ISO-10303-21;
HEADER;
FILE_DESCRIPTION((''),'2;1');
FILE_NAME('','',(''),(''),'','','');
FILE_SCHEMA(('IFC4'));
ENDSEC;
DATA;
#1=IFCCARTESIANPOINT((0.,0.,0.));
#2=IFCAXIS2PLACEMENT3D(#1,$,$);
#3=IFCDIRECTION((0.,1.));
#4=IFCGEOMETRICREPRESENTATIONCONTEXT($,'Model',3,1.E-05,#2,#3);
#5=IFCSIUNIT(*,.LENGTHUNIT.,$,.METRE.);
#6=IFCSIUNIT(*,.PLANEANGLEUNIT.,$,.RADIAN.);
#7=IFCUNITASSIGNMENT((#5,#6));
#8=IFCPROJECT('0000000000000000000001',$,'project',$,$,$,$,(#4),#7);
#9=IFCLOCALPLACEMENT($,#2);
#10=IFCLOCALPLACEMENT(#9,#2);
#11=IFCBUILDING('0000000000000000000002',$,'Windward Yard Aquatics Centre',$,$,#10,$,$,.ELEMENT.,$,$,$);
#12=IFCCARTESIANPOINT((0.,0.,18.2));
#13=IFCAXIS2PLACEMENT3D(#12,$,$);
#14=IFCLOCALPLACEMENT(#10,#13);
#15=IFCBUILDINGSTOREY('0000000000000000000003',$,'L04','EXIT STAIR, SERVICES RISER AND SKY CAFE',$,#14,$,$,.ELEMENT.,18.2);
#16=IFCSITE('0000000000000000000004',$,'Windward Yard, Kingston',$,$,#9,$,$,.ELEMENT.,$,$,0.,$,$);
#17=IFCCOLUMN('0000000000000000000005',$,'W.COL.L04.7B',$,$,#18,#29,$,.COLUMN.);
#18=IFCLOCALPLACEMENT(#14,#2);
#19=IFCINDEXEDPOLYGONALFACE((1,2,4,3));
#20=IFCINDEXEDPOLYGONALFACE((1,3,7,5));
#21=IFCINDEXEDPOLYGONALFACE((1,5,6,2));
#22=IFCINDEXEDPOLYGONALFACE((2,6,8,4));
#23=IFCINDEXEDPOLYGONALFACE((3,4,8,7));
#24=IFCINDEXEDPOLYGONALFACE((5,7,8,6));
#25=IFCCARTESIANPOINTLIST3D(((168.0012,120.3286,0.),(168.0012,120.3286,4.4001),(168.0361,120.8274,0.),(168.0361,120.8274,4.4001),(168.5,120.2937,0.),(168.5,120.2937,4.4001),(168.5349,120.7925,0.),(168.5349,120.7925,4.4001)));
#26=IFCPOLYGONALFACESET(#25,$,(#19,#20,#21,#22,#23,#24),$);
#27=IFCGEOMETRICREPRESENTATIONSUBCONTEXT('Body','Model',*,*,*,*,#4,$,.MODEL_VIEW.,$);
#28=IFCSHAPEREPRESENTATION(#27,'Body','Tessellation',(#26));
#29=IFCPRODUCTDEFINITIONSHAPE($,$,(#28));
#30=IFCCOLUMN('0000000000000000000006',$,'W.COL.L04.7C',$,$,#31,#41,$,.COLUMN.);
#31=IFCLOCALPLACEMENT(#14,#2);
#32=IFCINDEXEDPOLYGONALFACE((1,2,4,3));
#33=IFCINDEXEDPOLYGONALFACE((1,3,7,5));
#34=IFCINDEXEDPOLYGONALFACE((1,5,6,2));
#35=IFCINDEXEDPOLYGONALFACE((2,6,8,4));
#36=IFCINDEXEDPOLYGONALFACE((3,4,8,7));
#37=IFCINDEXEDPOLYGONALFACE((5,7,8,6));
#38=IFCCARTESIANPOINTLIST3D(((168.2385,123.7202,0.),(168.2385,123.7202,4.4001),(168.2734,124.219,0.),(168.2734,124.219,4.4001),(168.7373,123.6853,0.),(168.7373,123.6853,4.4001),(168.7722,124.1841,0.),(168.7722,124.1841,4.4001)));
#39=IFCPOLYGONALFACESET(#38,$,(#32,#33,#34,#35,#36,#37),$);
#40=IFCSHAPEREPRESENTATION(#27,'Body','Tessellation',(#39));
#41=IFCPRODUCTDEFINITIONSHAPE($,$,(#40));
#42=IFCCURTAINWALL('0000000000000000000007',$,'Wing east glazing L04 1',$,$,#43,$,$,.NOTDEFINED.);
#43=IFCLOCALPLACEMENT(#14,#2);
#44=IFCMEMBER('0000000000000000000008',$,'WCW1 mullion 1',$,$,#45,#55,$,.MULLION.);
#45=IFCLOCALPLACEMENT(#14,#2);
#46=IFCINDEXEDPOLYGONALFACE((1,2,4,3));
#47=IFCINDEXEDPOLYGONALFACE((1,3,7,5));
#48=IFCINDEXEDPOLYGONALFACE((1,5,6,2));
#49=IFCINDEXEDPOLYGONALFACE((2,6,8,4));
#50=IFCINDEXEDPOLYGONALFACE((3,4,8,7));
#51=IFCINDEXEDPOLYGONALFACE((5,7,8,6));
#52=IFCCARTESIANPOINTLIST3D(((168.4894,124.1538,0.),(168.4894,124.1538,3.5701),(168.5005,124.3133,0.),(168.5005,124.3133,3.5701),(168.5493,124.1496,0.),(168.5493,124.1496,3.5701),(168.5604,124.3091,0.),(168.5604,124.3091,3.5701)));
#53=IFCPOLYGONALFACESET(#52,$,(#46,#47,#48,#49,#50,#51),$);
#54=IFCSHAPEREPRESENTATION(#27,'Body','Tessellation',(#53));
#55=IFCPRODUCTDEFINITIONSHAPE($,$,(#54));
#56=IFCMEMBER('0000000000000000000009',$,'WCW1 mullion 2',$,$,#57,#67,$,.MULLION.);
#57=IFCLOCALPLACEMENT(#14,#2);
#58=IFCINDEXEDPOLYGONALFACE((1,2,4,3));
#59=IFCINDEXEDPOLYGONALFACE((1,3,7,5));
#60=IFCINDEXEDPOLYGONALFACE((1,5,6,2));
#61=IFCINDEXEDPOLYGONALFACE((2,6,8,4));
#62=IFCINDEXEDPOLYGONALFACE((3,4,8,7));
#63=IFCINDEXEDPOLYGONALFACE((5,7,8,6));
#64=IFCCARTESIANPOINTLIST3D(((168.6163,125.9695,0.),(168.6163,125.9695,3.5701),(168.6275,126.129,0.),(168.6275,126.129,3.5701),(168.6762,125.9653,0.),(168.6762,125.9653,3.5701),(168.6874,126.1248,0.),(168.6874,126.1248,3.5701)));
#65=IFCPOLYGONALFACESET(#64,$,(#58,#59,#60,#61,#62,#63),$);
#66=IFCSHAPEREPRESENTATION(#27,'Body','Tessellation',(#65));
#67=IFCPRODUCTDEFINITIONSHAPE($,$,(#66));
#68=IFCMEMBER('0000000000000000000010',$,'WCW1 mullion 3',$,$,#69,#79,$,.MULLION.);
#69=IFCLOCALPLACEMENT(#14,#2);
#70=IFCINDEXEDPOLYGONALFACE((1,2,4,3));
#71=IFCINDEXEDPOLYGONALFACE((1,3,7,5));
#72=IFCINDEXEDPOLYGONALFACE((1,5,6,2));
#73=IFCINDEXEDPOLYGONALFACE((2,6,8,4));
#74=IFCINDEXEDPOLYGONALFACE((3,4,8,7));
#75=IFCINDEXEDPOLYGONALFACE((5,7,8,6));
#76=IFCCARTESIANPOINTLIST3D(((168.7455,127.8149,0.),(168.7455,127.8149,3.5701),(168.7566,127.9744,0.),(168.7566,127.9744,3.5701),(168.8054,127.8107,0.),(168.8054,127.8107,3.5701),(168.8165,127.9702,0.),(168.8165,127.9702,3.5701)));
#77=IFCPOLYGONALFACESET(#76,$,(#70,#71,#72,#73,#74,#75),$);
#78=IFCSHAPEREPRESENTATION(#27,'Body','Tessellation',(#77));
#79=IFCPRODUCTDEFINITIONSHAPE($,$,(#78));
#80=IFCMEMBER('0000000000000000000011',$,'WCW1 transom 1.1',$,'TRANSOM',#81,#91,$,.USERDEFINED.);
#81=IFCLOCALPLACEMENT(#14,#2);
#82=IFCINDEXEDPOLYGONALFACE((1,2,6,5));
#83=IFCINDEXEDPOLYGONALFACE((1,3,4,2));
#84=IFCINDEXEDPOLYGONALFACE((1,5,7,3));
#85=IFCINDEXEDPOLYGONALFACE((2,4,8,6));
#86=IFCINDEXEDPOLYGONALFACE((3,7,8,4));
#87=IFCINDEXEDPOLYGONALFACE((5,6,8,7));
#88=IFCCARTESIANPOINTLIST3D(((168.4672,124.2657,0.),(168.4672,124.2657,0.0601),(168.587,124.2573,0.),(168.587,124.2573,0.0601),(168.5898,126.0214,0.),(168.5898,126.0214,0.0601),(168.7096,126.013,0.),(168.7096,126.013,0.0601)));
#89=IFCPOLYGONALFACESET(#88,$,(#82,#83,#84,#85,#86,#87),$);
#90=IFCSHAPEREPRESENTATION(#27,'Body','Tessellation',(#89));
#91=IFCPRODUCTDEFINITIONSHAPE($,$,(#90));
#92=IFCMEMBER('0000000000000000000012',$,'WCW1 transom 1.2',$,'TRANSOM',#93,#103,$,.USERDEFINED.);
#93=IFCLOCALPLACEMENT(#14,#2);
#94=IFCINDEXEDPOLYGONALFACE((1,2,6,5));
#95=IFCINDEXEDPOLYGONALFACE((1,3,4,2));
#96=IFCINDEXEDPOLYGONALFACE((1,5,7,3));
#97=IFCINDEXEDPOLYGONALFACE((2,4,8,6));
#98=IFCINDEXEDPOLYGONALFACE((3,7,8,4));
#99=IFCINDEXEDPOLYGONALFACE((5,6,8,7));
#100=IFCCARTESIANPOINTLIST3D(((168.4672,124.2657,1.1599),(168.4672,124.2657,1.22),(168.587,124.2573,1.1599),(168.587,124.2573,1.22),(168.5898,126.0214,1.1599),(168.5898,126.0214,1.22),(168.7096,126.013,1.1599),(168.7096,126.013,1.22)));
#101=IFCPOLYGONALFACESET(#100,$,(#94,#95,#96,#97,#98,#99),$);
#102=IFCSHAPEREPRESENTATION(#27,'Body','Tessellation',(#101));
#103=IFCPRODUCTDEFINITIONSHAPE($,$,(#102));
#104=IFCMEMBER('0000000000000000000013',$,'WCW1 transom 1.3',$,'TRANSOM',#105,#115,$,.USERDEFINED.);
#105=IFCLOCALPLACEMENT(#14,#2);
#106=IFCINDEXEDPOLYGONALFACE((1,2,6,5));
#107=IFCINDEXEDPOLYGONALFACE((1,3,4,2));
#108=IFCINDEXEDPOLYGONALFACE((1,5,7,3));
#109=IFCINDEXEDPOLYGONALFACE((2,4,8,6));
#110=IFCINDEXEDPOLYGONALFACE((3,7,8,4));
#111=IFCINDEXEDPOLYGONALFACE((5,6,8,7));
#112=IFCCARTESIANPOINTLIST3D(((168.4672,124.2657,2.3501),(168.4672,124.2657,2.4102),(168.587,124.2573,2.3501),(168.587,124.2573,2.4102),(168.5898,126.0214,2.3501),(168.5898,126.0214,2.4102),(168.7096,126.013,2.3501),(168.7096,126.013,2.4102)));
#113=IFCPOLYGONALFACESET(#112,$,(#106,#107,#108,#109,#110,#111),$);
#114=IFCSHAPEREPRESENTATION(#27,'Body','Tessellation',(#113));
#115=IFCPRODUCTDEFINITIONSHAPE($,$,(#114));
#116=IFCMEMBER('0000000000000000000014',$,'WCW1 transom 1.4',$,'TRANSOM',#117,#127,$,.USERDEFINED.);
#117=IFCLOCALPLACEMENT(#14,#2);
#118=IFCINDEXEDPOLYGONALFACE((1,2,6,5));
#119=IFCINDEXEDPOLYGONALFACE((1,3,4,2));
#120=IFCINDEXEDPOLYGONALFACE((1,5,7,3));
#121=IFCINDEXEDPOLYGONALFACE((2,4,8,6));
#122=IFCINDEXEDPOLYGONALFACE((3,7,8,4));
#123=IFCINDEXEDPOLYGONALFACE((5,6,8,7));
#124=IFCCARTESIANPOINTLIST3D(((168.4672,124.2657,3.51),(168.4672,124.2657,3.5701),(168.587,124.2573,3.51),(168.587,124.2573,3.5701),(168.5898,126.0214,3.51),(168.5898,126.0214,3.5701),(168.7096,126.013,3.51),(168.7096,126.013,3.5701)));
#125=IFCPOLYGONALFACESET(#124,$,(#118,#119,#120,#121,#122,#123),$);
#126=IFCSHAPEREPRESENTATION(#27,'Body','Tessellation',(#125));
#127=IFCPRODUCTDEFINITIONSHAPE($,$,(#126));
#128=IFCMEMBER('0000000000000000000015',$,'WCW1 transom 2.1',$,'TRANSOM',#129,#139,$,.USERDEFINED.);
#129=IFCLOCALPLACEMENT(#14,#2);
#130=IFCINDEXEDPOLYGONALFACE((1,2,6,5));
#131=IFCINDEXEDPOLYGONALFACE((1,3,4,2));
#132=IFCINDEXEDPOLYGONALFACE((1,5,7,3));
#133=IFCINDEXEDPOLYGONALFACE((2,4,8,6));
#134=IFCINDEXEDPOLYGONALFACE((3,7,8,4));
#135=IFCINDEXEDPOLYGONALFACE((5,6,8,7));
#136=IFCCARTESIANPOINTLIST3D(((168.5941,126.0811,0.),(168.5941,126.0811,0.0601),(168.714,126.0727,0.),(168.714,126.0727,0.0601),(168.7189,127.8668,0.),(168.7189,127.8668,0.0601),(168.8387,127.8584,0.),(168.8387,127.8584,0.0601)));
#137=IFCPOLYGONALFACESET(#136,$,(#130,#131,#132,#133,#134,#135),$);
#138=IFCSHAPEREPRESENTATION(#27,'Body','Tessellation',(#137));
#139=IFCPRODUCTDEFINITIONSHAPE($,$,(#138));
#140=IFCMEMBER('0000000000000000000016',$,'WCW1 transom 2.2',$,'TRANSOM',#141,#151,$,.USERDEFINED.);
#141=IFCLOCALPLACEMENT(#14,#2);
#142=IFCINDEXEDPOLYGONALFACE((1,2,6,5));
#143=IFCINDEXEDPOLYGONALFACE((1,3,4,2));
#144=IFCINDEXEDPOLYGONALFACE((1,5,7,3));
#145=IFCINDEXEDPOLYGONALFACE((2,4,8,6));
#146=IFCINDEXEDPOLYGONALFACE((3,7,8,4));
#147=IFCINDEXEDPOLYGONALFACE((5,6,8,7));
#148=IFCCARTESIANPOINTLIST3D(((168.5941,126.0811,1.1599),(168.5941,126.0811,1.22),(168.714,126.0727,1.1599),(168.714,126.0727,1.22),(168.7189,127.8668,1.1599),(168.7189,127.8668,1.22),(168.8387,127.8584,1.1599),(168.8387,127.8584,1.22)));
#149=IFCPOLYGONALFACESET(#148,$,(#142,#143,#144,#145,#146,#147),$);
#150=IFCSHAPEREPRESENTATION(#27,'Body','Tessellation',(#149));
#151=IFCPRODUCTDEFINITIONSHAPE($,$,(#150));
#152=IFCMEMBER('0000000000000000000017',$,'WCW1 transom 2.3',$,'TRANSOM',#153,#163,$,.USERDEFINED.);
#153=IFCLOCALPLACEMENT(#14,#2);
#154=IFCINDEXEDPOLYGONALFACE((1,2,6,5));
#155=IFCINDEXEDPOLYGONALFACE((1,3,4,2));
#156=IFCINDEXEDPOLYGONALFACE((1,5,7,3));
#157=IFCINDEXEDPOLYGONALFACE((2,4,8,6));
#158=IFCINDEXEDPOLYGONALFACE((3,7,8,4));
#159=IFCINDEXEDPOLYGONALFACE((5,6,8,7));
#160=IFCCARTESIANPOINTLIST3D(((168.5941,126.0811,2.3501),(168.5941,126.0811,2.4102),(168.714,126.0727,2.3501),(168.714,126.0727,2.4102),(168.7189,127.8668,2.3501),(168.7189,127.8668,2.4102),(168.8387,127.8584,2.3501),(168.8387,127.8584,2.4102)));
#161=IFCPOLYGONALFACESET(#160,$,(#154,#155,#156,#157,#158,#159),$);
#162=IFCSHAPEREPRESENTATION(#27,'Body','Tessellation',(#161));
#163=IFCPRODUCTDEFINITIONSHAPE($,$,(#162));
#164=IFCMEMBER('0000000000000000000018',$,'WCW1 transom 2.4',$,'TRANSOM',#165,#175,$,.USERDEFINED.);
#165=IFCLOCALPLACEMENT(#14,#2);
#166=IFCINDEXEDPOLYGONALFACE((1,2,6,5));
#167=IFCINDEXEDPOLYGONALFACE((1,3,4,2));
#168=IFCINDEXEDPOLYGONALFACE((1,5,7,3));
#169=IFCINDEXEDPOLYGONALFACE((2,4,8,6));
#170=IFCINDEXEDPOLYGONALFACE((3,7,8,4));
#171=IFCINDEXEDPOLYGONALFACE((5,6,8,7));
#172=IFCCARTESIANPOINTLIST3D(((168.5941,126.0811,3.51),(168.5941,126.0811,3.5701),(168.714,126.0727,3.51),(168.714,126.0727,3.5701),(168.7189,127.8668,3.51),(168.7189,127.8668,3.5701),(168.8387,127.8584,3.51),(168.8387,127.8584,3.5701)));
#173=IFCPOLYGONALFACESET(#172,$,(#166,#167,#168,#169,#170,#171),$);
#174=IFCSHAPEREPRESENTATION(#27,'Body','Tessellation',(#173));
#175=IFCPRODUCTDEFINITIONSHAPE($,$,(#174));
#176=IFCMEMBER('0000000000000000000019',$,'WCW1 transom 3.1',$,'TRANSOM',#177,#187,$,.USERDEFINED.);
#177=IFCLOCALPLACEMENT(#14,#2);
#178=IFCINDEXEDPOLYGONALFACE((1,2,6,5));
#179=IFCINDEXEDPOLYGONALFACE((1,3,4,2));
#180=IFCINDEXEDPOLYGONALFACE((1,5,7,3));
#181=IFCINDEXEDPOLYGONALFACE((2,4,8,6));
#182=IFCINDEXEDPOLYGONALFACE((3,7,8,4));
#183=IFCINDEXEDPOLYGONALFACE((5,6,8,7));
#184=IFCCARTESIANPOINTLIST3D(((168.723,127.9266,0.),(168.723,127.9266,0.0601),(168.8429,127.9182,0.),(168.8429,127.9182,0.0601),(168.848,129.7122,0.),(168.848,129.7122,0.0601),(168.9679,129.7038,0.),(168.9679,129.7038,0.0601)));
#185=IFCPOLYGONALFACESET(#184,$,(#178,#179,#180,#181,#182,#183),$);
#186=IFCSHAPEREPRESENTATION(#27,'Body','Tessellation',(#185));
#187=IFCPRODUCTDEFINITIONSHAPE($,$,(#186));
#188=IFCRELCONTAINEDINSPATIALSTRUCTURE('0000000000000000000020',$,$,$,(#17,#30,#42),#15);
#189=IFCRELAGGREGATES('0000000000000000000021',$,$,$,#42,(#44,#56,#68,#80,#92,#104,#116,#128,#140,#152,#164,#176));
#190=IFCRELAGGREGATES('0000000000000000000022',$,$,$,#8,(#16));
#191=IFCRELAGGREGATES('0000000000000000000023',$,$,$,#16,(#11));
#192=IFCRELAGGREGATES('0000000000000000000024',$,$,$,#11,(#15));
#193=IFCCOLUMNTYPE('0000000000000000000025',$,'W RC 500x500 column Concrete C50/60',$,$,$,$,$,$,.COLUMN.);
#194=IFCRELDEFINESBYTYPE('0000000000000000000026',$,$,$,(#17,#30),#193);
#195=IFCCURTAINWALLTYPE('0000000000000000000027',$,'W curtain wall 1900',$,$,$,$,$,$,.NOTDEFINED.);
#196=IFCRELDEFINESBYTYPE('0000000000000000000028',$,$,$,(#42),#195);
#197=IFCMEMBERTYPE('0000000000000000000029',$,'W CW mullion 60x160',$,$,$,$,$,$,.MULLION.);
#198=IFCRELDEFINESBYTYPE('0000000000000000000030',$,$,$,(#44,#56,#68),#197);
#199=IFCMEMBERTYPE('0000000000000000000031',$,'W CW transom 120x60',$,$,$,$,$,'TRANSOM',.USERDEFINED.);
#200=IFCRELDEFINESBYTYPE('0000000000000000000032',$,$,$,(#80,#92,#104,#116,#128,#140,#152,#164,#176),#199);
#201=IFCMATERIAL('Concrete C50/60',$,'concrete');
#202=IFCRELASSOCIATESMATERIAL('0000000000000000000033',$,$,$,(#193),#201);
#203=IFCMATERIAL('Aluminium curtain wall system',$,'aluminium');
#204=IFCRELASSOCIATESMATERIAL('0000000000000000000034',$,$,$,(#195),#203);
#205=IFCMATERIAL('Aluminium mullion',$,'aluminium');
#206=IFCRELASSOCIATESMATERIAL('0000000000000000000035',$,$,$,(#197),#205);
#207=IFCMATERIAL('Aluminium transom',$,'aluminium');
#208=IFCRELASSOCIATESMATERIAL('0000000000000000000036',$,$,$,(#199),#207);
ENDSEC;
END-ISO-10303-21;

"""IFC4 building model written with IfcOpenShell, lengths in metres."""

from ifc_helpers import new_model, si_unit, direction, frame, origin, origin_2d, place, context, subcontext, project, spatial, rectangle, extrude, material, material_profile, profile_set, type_object, element, aggregate, save


model = new_model("IFC4")

# Units and contexts
model_context = context("Model", 3, precision=1e-05, world=origin(), true_north=direction((0.0, 1.0)))
body_context = subcontext(model_context, "Body", "Model", "MODEL_VIEW")
ifc_project = project(units=[si_unit("LENGTHUNIT", "METRE"), si_unit("PLANEANGLEUNIT", "RADIAN")], contexts=[model_context])

# Site, building, storey
site_placement = place(None, origin())
site = spatial("IfcSite", under=ifc_project, at=site_placement, Name="Windward Yard, Kingston", CompositionType="ELEMENT", RefElevation=0.0)
building_placement = place(site_placement, origin())
building = spatial("IfcBuilding", under=site, at=building_placement, Name="Windward Yard Aquatics Centre", CompositionType="ELEMENT")
storey_placement = place(building_placement, frame((0.0, 0.0, 18.2)))
storey = spatial("IfcBuildingStorey", under=building, at=storey_placement, Name="L04", Description="EXIT STAIR, SERVICES RISER AND SKY CAFE", CompositionType="ELEMENT", Elevation=18.2)

# Columns
ifc_material_1 = material(Name="Concrete C50/60", Category="concrete")
ifc_material_profile_1 = material_profile(ifc_material_1, rectangle(XDim=0.5, YDim=0.5, at=origin_2d()), Name="RC 500x500")
ifc_profile_set_1 = profile_set([ifc_material_profile_1], Name="Concrete C50/60")
column_type = type_object("IfcColumnType", Name="W RC 500x500 column Concrete C50/60", PredefinedType="COLUMN", material=ifc_profile_set_1)
for number, where, z_axis, x_axis, name in (
    (1, (168.2681, 120.5605, 0.0), (0.0, 0.0, 1.0), (0.997564, -0.069756, 0.0), "W.COL.L04.7B"),
    (2, (168.5054, 123.9521, 0.0), (0.0, 0.0, 1.0), (0.997564, -0.069756, 0.0), "W.COL.L04.7C"),
):
    element("IfcColumn", number, at=place(storey_placement, frame(where, z_axis=z_axis, x_axis=x_axis)), inside=storey, type_object=column_type, Name=name, PredefinedType="COLUMN", context=body_context, shape_type="SweptSolid", body=[
        extrude(rectangle(XDim=0.5, YDim=0.5, at=origin_2d()), origin(), (0.0, 0.0, 1.0), 4.4001),
    ])

# Curtain wall, members
ifc_material_2 = material(Name="Aluminium curtain wall system", Category="aluminium")
curtain_wall_type = type_object("IfcCurtainWallType", Name="W curtain wall 1900", PredefinedType="NOTDEFINED", material=ifc_material_2)
curtain_wall_placement = place(storey_placement, origin())
curtain_wall = element("IfcCurtainWall", 3, at=curtain_wall_placement, inside=storey, type_object=curtain_wall_type, Name="Wing east glazing L04 1", PredefinedType="NOTDEFINED")
ifc_material_3 = material(Name="Aluminium mullion", Category="aluminium")
ifc_material_profile_2 = material_profile(ifc_material_3, rectangle(XDim=0.0601, YDim=0.1599, at=origin_2d()), Name="AL 60x160")
ifc_profile_set_2 = profile_set([ifc_material_profile_2], Name="Aluminium mullion")
member_type_1 = type_object("IfcMemberType", Name="W CW mullion 60x160", PredefinedType="MULLION", material=ifc_profile_set_2)
member_1_placement = place(storey_placement, frame((168.5249, 124.2314, 0.0), z_axis=(0.0, 0.0, 1.0), x_axis=(-0.997564, 0.069757, 0.0)))
member_1 = element("IfcMember", 4, at=member_1_placement, type_object=member_type_1, Name="WCW1 mullion 1", PredefinedType="MULLION", context=body_context, shape_type="SweptSolid", body=[
    extrude(rectangle(XDim=0.0601, YDim=0.1599, at=origin_2d()), origin(), (0.0, 0.0, 1.0), 3.5701),
])
member_2_placement = place(storey_placement, frame((168.6519, 126.0471, 0.0), z_axis=(0.0, 0.0, 1.0), x_axis=(-0.997564, 0.069757, 0.0)))
member_2 = element("IfcMember", 5, at=member_2_placement, type_object=member_type_1, Name="WCW1 mullion 2", PredefinedType="MULLION", context=body_context, shape_type="SweptSolid", body=[
    extrude(rectangle(XDim=0.0601, YDim=0.1599, at=origin_2d()), origin(), (0.0, 0.0, 1.0), 3.5701),
])
member_3_placement = place(storey_placement, frame((168.781, 127.8926, 0.0), z_axis=(0.0, 0.0, 1.0), x_axis=(-0.997564, 0.069757, 0.0)))
member_3 = element("IfcMember", 6, at=member_3_placement, type_object=member_type_1, Name="WCW1 mullion 3", PredefinedType="MULLION", context=body_context, shape_type="SweptSolid", body=[
    extrude(rectangle(XDim=0.0601, YDim=0.1599, at=origin_2d()), origin(), (0.0, 0.0, 1.0), 3.5701),
])
ifc_material_4 = material(Name="Aluminium transom", Category="aluminium")
ifc_material_profile_3 = material_profile(ifc_material_4, rectangle(XDim=0.1201, YDim=0.0601, at=origin_2d()), Name="AL 120x60")
ifc_profile_set_3 = profile_set([ifc_material_profile_3], Name="Aluminium transom")
member_type_2 = type_object("IfcMemberType", Name="W CW transom 120x60", ElementType="TRANSOM", PredefinedType="USERDEFINED", material=ifc_profile_set_3)
member_4_placement = place(storey_placement, frame((168.5271, 124.2615, 0.03), z_axis=(0.06964, 0.997572, 0.0), x_axis=(-0.997572, 0.06964, 0.0)))
member_4 = element("IfcMember", 7, at=member_4_placement, type_object=member_type_2, Name="WCW1 transom 1.1", ObjectType="TRANSOM", PredefinedType="USERDEFINED", context=body_context, shape_type="SweptSolid", body=[
    extrude(rectangle(XDim=0.1201, YDim=0.0601, at=origin_2d()), origin(), (0.0, 0.0, 1.0), 1.76),
])
member_5_placement = place(storey_placement, frame((168.5271, 124.2615, 1.1899), z_axis=(0.06964, 0.997572, 0.0), x_axis=(-0.997572, 0.06964, 0.0)))
member_5 = element("IfcMember", 8, at=member_5_placement, type_object=member_type_2, Name="WCW1 transom 1.2", ObjectType="TRANSOM", PredefinedType="USERDEFINED", context=body_context, shape_type="SweptSolid", body=[
    extrude(rectangle(XDim=0.1201, YDim=0.0601, at=origin_2d()), origin(), (0.0, 0.0, 1.0), 1.76),
])
member_6_placement = place(storey_placement, frame((168.5271, 124.2615, 2.3801), z_axis=(0.06964, 0.997572, 0.0), x_axis=(-0.997572, 0.06964, 0.0)))
member_6 = element("IfcMember", 9, at=member_6_placement, type_object=member_type_2, Name="WCW1 transom 1.3", ObjectType="TRANSOM", PredefinedType="USERDEFINED", context=body_context, shape_type="SweptSolid", body=[
    extrude(rectangle(XDim=0.1201, YDim=0.0601, at=origin_2d()), origin(), (0.0, 0.0, 1.0), 1.76),
])
member_7_placement = place(storey_placement, frame((168.5271, 124.2615, 3.54), z_axis=(0.06964, 0.997572, 0.0), x_axis=(-0.997572, 0.06964, 0.0)))
member_7 = element("IfcMember", 10, at=member_7_placement, type_object=member_type_2, Name="WCW1 transom 1.4", ObjectType="TRANSOM", PredefinedType="USERDEFINED", context=body_context, shape_type="SweptSolid", body=[
    extrude(rectangle(XDim=0.1201, YDim=0.0601, at=origin_2d()), origin(), (0.0, 0.0, 1.0), 1.76),
])
member_8_placement = place(storey_placement, frame((168.6541, 126.0769, 0.03), z_axis=(0.069696, 0.997568, 0.0), x_axis=(-0.997568, 0.069696, 0.0)))
member_8 = element("IfcMember", 11, at=member_8_placement, type_object=member_type_2, Name="WCW1 transom 2.1", ObjectType="TRANSOM", PredefinedType="USERDEFINED", context=body_context, shape_type="SweptSolid", body=[
    extrude(rectangle(XDim=0.1201, YDim=0.0601, at=origin_2d()), origin(), (0.0, 0.0, 1.0), 1.79),
])
member_9_placement = place(storey_placement, frame((168.6541, 126.0769, 1.1899), z_axis=(0.069696, 0.997568, 0.0), x_axis=(-0.997568, 0.069696, 0.0)))
member_9 = element("IfcMember", 12, at=member_9_placement, type_object=member_type_2, Name="WCW1 transom 2.2", ObjectType="TRANSOM", PredefinedType="USERDEFINED", context=body_context, shape_type="SweptSolid", body=[
    extrude(rectangle(XDim=0.1201, YDim=0.0601, at=origin_2d()), origin(), (0.0, 0.0, 1.0), 1.79),
])
member_10_placement = place(storey_placement, frame((168.6541, 126.0769, 2.3801), z_axis=(0.069696, 0.997568, 0.0), x_axis=(-0.997568, 0.069696, 0.0)))
member_10 = element("IfcMember", 13, at=member_10_placement, type_object=member_type_2, Name="WCW1 transom 2.3", ObjectType="TRANSOM", PredefinedType="USERDEFINED", context=body_context, shape_type="SweptSolid", body=[
    extrude(rectangle(XDim=0.1201, YDim=0.0601, at=origin_2d()), origin(), (0.0, 0.0, 1.0), 1.79),
])
member_11_placement = place(storey_placement, frame((168.6541, 126.0769, 3.54), z_axis=(0.069696, 0.997568, 0.0), x_axis=(-0.997568, 0.069696, 0.0)))
member_11 = element("IfcMember", 14, at=member_11_placement, type_object=member_type_2, Name="WCW1 transom 2.4", ObjectType="TRANSOM", PredefinedType="USERDEFINED", context=body_context, shape_type="SweptSolid", body=[
    extrude(rectangle(XDim=0.1201, YDim=0.0601, at=origin_2d()), origin(), (0.0, 0.0, 1.0), 1.79),
])
member_12_placement = place(storey_placement, frame((168.783, 127.9224, 0.03), z_axis=(0.069832, 0.997559, 0.0), x_axis=(-0.997559, 0.069832, 0.0)))
member_12 = element("IfcMember", 15, at=member_12_placement, type_object=member_type_2, Name="WCW1 transom 3.1", ObjectType="TRANSOM", PredefinedType="USERDEFINED", context=body_context, shape_type="SweptSolid", body=[
    extrude(rectangle(XDim=0.1201, YDim=0.0601, at=origin_2d()), origin(), (0.0, 0.0, 1.0), 1.79),
])

aggregate(curtain_wall, [member_1, member_2, member_3, member_4, member_5, member_6, member_7, member_8, member_9, member_10, member_11, member_12])

save(model, "model.ifc")
